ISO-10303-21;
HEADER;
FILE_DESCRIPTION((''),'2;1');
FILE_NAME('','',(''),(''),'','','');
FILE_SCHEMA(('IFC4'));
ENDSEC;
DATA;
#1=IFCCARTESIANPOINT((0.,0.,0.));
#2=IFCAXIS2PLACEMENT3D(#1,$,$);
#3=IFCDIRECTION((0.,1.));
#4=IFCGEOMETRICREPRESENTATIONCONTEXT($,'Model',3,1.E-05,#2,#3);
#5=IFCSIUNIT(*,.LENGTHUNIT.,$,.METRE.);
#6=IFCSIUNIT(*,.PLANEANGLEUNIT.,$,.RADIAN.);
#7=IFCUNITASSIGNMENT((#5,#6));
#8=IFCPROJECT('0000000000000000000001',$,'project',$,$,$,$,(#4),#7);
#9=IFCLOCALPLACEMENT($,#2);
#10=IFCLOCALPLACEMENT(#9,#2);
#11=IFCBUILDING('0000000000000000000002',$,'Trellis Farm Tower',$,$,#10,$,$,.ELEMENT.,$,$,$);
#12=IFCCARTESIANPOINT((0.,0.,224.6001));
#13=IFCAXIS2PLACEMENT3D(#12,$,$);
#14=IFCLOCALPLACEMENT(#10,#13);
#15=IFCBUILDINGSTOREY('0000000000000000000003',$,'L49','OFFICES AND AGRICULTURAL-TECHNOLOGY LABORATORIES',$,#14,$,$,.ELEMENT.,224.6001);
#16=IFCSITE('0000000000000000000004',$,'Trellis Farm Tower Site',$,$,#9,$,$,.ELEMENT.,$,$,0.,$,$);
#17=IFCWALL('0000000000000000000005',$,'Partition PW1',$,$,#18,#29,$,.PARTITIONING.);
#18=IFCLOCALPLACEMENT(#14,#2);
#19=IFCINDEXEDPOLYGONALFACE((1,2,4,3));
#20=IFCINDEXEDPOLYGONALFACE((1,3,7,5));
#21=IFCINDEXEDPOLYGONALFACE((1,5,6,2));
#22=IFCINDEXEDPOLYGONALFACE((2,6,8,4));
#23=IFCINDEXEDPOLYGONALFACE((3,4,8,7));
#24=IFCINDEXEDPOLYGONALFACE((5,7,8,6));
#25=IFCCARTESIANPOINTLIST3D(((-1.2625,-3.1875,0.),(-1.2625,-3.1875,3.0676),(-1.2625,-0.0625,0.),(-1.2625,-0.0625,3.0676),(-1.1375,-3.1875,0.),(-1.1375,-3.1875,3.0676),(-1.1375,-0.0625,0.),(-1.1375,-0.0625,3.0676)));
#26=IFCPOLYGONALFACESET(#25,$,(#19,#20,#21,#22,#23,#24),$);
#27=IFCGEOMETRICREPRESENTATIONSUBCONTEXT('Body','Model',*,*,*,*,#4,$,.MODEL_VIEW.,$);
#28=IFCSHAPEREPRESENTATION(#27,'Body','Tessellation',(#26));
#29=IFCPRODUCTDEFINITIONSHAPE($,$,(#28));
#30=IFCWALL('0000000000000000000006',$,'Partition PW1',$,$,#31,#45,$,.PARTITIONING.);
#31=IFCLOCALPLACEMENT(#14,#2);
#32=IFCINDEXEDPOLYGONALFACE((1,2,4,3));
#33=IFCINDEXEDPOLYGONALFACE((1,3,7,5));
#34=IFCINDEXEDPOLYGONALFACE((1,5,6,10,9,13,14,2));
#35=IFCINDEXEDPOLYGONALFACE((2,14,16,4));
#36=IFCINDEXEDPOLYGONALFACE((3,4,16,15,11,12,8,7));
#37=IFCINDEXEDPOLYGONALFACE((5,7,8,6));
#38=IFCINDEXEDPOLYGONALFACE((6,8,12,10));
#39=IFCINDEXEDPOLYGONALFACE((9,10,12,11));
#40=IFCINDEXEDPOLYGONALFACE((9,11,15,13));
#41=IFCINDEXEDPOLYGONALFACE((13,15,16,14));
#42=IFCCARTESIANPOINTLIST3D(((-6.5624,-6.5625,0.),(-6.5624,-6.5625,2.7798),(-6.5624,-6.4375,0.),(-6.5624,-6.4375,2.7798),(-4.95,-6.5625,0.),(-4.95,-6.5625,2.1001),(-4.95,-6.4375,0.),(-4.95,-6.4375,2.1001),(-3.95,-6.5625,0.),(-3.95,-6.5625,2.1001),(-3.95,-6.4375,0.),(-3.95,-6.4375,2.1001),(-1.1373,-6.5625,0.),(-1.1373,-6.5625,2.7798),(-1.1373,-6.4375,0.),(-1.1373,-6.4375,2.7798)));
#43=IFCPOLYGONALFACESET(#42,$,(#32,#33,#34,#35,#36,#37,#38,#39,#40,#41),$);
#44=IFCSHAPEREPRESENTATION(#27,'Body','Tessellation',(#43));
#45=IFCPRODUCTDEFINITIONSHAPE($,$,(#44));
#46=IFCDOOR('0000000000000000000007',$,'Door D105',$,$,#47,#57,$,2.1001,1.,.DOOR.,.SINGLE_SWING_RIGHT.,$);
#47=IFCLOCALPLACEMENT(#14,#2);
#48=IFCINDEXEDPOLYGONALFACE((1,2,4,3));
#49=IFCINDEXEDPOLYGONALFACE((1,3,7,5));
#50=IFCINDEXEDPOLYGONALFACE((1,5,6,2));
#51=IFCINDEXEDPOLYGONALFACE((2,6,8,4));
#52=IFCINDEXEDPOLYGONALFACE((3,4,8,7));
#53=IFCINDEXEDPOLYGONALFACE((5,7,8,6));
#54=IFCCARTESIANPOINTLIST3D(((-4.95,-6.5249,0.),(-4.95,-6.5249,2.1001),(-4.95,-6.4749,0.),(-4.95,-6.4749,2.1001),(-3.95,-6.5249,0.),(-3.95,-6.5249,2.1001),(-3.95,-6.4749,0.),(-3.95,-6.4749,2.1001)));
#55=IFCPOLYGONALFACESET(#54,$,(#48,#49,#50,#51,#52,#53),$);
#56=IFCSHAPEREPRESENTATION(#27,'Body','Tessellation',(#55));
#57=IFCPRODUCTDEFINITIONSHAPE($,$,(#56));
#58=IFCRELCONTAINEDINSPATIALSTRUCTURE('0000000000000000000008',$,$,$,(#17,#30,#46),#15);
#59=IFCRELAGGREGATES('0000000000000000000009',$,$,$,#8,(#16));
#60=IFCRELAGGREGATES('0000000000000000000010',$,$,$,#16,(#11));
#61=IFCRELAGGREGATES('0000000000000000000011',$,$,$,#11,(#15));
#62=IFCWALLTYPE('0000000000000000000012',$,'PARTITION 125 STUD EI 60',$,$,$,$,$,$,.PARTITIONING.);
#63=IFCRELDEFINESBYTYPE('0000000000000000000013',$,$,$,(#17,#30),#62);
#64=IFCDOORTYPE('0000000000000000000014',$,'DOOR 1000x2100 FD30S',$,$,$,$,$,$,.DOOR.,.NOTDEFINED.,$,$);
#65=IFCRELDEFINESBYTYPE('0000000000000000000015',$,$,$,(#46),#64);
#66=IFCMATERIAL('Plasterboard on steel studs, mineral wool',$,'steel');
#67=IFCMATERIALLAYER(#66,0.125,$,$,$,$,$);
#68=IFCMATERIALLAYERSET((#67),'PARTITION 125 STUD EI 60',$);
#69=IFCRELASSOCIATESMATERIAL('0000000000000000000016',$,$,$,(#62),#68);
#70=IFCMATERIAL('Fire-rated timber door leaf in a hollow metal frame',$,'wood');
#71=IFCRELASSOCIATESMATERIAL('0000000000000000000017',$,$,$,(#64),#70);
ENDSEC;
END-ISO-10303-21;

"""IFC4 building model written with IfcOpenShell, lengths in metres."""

from ifc_helpers import new_model, si_unit, direction, frame, frame_2d, origin, place, context, subcontext, project, spatial, rectangle, extrude, source, transform, mapped, material, layer, layer_set, type_object, element, fill, save


model = new_model("IFC4")

# Units and contexts
model_context = context("Model", 3, precision=1e-05, world=origin(), true_north=direction((0.0, 1.0)))
body_context = subcontext(model_context, "Body", "Model", "MODEL_VIEW")
ifc_project = project(units=[si_unit("LENGTHUNIT", "METRE"), si_unit("PLANEANGLEUNIT", "RADIAN")], contexts=[model_context])

# Site, building, storey
site_placement = place(None, origin())
site = spatial("IfcSite", under=ifc_project, at=site_placement, Name="Trellis Farm Tower Site", CompositionType="ELEMENT", RefElevation=0.0)
building_placement = place(site_placement, origin())
building = spatial("IfcBuilding", under=site, at=building_placement, Name="Trellis Farm Tower", CompositionType="ELEMENT")
storey_placement = place(building_placement, frame((0.0, 0.0, 224.6001)))
storey = spatial("IfcBuildingStorey", under=building, at=storey_placement, Name="L49", Description="OFFICES AND AGRICULTURAL-TECHNOLOGY LABORATORIES", CompositionType="ELEMENT", Elevation=224.6001)

# Shared definitions
ifc_material_1 = material(Name="Plasterboard on steel studs, mineral wool", Category="steel")
ifc_layer_1 = layer(ifc_material_1, 0.125)
ifc_layer_set_1 = layer_set([ifc_layer_1], Name="PARTITION 125 STUD EI 60")
wall_type = type_object("IfcWallType", Name="PARTITION 125 STUD EI 60", PredefinedType="PARTITIONING", material=ifc_layer_set_1)
shared_shape_1 = source(origin(), body_context, "Body", "SweptSolid", [
    extrude(rectangle(XDim=1.0, YDim=2.1001, at=frame_2d((0.5, 1.05))), frame((0.0, 0.0725, 0.0), z_axis=(0.0, -1.0, 0.0), x_axis=(1.0, 0.0, 0.0)), (0.0, 0.0, 1.0), 0.145),
])
ifc_material_2 = material(Name="Fire-rated timber door leaf in a hollow metal frame", Category="wood")
door_type = type_object("IfcDoorType", Name="DOOR 1000x2100 FD30S", OperationType="NOTDEFINED", PredefinedType="DOOR", material=ifc_material_2)
shared_shape_2 = source(origin(), body_context, "Body", "SweptSolid", [
    extrude(rectangle(XDim=1.0, YDim=2.1001, at=frame_2d((0.5, 1.05))), frame((0.0, 0.0249, 0.0), z_axis=(0.0, -1.0, 0.0), x_axis=(1.0, 0.0, 0.0)), (0.0, 0.0, 1.0), 0.05),
])

# Wall
shared_shape_3 = source(origin(), body_context, "Body", "SweptSolid", [
    extrude(rectangle(XDim=3.125, YDim=0.125, at=frame_2d((1.5625, 0.0))), origin(), (0.0, 0.0, 1.0), 3.0676),
])
wall_1_placement = place(storey_placement, frame((-1.2, -0.0625, 0.0), z_axis=(0.0, 0.0, 1.0), x_axis=(0.0, -1.0, 0.0)))
element("IfcWall", 1, at=wall_1_placement, inside=storey, type_object=wall_type, Name="Partition PW1", PredefinedType="PARTITIONING", context=body_context, shape_type="MappedRepresentation", body=[
    mapped(shared_shape_3, transform((0.0, 0.0, 0.0))),
])

# Wall, opening, door
shared_shape_4 = source(origin(), body_context, "Body", "SweptSolid", [
    extrude(rectangle(XDim=5.425, YDim=0.125, at=frame_2d((2.7124, 0.0))), origin(), (0.0, 0.0, 1.0), 2.7798),
])
wall_2_placement = place(storey_placement, frame((-1.1375, -6.5, 0.0), z_axis=(0.0, 0.0, 1.0), x_axis=(-1.0, 0.0, 0.0)))
wall_2 = element("IfcWall", 2, at=wall_2_placement, inside=storey, type_object=wall_type, Name="Partition PW1", PredefinedType="PARTITIONING", context=body_context, shape_type="MappedRepresentation", body=[
    mapped(shared_shape_4, transform((0.0, 0.0, 0.0))),
])
opening_1_placement = place(wall_2_placement, frame((2.8125, 0.0, 0.0)))
opening_1 = element("IfcOpeningElement", 3, at=opening_1_placement, cuts=wall_2, PredefinedType="OPENING", context=body_context, shape_type="MappedRepresentation", body=[
    mapped(shared_shape_1, transform((0.0, 0.0, 0.0))),
])
door_1_placement = place(opening_1_placement, origin())
door_1 = element("IfcDoor", 4, at=door_1_placement, inside=storey, type_object=door_type, Name="Door D105", OperationType="SINGLE_SWING_RIGHT", OverallHeight=2.1001, OverallWidth=1.0, PredefinedType="DOOR", context=body_context, shape_type="MappedRepresentation", body=[
    mapped(shared_shape_2, transform((0.0, 0.0, 0.0))),
])
fill(opening_1, door_1)

save(model, "model.ifc")
